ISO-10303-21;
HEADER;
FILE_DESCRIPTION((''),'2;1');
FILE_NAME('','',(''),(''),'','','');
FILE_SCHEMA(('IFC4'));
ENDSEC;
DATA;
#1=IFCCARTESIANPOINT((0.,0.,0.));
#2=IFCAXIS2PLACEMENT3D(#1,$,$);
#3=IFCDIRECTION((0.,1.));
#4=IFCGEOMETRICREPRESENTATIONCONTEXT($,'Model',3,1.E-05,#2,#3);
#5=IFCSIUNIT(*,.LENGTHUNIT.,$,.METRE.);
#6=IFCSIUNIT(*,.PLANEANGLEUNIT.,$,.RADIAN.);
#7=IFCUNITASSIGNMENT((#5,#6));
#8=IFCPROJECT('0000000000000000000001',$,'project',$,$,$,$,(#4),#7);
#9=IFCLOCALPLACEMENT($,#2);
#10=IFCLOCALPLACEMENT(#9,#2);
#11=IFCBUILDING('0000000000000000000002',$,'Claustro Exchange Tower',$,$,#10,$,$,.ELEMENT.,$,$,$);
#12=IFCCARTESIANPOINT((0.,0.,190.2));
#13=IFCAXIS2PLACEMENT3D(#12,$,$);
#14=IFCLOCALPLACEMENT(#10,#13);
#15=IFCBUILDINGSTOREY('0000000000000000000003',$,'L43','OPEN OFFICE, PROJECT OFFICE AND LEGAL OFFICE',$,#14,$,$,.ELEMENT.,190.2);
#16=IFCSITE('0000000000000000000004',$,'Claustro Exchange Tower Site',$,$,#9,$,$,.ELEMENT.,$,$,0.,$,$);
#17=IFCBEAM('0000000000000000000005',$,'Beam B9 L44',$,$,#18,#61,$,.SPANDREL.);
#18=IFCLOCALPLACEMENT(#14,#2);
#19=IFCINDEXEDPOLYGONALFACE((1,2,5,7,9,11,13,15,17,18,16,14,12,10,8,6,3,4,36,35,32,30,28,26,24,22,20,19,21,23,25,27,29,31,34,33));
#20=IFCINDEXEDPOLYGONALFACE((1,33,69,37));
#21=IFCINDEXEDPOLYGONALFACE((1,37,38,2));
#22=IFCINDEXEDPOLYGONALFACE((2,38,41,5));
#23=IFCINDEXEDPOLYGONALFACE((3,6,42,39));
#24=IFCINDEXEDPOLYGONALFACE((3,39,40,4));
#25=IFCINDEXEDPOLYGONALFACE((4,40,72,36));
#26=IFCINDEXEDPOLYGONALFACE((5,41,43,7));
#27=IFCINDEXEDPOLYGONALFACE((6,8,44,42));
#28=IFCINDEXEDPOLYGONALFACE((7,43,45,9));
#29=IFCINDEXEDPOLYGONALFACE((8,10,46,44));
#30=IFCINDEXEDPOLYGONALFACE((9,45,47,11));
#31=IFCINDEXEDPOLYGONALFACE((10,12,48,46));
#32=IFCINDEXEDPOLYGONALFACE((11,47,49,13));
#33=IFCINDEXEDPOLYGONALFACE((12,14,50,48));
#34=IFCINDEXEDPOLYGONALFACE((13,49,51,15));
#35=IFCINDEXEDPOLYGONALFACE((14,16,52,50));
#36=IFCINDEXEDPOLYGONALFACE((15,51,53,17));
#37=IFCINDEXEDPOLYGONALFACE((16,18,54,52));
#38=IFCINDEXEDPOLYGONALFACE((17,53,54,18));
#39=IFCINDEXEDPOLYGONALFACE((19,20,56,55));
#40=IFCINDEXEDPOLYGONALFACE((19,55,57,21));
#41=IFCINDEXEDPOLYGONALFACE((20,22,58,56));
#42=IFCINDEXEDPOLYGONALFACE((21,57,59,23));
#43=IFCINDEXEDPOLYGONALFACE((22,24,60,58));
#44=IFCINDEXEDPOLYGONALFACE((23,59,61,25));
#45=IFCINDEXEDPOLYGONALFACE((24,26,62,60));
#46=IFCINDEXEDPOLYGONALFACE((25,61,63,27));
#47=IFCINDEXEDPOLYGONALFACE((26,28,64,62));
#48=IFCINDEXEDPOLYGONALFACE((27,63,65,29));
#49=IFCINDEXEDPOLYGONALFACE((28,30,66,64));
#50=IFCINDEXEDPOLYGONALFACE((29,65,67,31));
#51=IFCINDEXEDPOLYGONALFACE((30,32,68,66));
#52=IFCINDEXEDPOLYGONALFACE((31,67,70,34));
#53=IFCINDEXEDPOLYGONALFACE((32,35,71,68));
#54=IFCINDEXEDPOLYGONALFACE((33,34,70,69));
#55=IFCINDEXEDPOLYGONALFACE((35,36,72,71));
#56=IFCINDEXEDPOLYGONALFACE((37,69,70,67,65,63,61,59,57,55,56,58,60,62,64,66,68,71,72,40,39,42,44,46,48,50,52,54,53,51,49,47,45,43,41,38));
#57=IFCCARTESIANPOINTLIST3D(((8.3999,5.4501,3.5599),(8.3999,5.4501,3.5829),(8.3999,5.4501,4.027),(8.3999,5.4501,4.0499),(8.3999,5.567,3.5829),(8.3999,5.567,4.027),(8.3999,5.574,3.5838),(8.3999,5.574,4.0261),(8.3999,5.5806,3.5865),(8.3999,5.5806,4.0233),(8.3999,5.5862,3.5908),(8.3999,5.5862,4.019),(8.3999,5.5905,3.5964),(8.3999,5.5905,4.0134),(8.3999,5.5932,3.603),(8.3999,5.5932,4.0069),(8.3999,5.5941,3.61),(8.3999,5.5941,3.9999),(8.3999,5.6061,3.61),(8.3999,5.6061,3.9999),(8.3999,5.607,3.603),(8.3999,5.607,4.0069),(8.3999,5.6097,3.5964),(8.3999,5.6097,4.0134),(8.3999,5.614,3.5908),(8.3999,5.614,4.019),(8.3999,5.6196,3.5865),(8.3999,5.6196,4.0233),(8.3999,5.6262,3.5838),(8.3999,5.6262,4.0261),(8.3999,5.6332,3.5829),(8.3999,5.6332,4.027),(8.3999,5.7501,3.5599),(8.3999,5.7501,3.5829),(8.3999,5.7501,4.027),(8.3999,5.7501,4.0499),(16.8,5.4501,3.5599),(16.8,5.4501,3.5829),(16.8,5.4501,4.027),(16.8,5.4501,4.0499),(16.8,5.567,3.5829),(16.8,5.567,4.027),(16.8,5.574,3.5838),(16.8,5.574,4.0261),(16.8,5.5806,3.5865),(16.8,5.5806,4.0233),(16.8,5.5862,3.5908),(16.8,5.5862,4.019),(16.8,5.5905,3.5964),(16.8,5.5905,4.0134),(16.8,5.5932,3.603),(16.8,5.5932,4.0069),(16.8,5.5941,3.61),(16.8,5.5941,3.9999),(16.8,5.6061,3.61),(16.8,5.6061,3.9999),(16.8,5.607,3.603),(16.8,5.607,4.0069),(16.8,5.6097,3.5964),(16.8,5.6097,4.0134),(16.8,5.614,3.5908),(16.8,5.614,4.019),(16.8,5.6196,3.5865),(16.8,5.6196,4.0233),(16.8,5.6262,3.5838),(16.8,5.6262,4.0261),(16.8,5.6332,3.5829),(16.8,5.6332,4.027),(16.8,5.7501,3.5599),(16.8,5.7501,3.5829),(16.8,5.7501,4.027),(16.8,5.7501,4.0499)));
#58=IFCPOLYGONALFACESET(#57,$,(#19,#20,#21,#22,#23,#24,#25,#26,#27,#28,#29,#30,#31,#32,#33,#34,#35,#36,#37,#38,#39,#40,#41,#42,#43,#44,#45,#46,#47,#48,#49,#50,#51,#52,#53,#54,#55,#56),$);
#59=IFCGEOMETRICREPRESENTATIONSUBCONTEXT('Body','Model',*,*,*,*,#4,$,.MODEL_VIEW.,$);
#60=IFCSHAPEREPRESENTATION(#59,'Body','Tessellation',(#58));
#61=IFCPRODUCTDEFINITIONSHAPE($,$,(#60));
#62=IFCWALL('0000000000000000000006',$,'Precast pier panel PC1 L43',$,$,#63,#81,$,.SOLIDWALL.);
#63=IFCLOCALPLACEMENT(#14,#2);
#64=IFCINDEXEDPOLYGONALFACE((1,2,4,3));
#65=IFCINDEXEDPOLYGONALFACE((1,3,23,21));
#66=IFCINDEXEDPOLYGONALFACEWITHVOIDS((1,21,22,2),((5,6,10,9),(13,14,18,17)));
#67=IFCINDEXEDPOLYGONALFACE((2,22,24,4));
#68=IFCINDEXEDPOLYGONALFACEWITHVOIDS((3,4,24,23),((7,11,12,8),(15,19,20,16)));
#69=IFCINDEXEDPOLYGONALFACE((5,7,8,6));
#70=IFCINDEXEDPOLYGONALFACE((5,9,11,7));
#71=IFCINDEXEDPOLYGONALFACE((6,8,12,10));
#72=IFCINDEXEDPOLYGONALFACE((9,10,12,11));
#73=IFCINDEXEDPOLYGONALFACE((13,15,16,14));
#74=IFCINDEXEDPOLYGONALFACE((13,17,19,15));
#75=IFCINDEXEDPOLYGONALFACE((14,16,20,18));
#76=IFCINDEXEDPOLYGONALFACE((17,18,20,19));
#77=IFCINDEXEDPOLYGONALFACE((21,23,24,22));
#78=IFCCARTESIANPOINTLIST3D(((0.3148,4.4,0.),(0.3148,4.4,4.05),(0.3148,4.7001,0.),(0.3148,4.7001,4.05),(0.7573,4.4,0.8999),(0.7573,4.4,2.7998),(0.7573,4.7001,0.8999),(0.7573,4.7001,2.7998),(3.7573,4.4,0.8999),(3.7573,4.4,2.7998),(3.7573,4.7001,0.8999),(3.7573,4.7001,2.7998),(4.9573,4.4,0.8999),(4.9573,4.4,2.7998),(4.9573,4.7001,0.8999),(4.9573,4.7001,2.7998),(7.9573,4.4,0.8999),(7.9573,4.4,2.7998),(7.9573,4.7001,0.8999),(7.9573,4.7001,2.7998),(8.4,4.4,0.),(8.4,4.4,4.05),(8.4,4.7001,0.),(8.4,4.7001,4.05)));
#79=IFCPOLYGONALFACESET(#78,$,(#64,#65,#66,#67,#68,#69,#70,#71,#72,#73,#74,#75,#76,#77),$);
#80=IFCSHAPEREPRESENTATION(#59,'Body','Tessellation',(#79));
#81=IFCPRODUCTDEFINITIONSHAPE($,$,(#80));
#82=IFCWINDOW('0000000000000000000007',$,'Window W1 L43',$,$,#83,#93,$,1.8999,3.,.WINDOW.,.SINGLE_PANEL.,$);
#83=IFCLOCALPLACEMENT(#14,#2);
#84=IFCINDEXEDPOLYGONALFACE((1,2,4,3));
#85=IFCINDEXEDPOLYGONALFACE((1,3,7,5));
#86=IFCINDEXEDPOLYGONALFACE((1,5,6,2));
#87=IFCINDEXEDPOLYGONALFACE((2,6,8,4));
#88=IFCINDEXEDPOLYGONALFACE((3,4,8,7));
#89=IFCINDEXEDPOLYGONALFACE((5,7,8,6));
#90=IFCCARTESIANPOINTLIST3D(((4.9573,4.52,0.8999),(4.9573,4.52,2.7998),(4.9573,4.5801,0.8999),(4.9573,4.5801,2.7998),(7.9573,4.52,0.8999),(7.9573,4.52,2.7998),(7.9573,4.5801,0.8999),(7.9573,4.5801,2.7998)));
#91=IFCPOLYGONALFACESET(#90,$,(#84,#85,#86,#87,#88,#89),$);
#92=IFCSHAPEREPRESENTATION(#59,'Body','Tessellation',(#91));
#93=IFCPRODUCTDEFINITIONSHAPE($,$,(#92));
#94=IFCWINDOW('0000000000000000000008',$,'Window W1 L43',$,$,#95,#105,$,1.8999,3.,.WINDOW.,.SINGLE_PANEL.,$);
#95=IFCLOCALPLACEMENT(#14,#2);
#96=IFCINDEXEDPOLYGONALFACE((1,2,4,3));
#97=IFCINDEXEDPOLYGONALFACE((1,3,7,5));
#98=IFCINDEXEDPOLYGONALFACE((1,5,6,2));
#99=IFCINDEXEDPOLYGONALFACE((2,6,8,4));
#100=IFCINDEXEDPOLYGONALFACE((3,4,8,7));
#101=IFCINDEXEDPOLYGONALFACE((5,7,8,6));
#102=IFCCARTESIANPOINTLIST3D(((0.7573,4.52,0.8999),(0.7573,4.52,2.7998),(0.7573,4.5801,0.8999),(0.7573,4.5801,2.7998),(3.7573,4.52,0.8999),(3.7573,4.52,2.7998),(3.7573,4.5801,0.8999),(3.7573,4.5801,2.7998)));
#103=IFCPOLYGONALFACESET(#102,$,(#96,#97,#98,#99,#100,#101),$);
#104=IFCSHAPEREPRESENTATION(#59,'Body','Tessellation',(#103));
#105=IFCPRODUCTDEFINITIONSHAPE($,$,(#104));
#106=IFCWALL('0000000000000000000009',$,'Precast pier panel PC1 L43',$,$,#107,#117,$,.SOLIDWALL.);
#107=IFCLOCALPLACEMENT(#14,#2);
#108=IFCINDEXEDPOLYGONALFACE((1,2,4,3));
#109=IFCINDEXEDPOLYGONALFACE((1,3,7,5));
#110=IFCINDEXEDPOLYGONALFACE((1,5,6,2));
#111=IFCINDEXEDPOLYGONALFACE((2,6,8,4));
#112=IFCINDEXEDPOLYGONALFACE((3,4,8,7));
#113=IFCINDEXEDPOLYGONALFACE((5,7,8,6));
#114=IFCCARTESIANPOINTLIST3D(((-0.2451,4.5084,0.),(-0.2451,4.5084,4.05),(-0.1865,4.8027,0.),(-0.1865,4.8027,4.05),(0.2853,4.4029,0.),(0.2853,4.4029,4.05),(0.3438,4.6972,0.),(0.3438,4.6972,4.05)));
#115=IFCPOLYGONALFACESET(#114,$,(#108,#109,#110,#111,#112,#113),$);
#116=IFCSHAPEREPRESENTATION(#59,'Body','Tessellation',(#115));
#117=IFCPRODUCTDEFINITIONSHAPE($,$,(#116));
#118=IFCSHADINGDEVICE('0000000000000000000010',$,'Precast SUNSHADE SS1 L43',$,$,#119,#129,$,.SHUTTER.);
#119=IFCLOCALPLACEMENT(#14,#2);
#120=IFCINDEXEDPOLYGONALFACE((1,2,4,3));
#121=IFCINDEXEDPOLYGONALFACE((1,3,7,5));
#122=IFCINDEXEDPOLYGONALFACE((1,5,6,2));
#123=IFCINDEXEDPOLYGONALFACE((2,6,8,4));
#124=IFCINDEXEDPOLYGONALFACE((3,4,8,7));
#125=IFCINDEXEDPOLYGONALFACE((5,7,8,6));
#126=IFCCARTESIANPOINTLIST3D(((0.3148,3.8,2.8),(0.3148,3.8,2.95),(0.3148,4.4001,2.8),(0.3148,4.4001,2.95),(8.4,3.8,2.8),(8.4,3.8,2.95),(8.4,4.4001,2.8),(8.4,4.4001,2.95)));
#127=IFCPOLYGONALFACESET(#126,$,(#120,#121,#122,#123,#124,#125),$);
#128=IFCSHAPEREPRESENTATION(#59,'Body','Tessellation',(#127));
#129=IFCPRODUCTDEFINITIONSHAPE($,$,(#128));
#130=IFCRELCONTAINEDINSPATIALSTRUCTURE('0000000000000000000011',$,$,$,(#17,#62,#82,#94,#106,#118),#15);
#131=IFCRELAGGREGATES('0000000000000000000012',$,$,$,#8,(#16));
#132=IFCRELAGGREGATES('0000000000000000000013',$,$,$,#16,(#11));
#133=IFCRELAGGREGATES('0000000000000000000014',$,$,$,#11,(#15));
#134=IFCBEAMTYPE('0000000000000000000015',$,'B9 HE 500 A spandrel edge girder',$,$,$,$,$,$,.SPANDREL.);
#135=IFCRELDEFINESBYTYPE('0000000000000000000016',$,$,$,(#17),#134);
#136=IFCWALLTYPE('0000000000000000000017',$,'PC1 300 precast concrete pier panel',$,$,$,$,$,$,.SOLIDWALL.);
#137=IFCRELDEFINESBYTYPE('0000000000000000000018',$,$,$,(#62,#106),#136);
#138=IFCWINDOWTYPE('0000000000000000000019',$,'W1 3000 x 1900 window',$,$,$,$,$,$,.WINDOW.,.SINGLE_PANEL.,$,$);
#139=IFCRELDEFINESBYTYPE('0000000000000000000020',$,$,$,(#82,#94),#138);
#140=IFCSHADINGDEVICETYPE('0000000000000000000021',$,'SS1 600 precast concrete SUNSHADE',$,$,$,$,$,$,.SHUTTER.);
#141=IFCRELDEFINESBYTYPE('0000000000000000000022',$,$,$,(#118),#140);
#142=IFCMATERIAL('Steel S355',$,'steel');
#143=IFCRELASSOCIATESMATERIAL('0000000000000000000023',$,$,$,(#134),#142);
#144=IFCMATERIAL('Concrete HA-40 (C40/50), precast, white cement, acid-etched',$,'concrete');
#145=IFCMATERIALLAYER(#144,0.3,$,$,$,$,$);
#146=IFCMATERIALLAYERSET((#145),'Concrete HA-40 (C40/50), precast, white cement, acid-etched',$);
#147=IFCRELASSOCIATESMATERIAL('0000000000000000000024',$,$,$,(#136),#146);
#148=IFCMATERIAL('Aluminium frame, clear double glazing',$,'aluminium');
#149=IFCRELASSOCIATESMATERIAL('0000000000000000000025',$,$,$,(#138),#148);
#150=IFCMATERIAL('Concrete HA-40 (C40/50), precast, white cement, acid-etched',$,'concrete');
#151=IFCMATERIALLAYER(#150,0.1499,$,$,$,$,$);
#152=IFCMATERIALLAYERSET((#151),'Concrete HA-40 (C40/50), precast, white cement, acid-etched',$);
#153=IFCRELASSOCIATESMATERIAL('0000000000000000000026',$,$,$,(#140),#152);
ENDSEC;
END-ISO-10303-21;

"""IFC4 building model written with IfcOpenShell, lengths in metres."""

from ifc_helpers import new_model, si_unit, direction, frame, frame_2d, origin, origin_2d, place, context, subcontext, project, spatial, rectangle, i_section, extrude, material, layer, layer_set, material_profile, profile_set, type_object, element, fill, save


model = new_model("IFC4")

# Units and contexts
model_context = context("Model", 3, precision=1e-05, world=origin(), true_north=direction((0.0, 1.0)))
body_context = subcontext(model_context, "Body", "Model", "MODEL_VIEW")
ifc_project = project(units=[si_unit("LENGTHUNIT", "METRE"), si_unit("PLANEANGLEUNIT", "RADIAN")], contexts=[model_context])

# Site, building, storey
site_placement = place(None, origin())
site = spatial("IfcSite", under=ifc_project, at=site_placement, Name="Claustro Exchange Tower Site", CompositionType="ELEMENT", RefElevation=0.0)
building_placement = place(site_placement, origin())
building = spatial("IfcBuilding", under=site, at=building_placement, Name="Claustro Exchange Tower", CompositionType="ELEMENT")
storey_placement = place(building_placement, frame((0.0, 0.0, 190.2)))
storey = spatial("IfcBuildingStorey", under=building, at=storey_placement, Name="L43", Description="OPEN OFFICE, PROJECT OFFICE AND LEGAL OFFICE", CompositionType="ELEMENT", Elevation=190.2)

# Beam
ifc_material_1 = material(Name="Steel S355", Category="steel")
ifc_material_profile_1 = material_profile(ifc_material_1, i_section(OverallWidth=0.3, OverallDepth=0.49, WebThickness=0.012, FlangeThickness=0.0229, FilletRadius=0.0271, at=origin_2d()), Name="HE 500 A")
ifc_profile_set_1 = profile_set([ifc_material_profile_1], Name="Steel S355")
beam_type_1 = type_object("IfcBeamType", Name="B9 HE 500 A spandrel edge girder", PredefinedType="SPANDREL", material=ifc_profile_set_1)
beam_1_placement = place(storey_placement, frame((8.3999, 5.6001, 3.8049), z_axis=(1.0, 0.0, 0.0), x_axis=(0.0, 1.0, 0.0)))
element("IfcBeam", 1, at=beam_1_placement, inside=storey, type_object=beam_type_1, Name="Beam B9 L44", PredefinedType="SPANDREL", context=body_context, shape_type="SweptSolid", body=[
    extrude(i_section(OverallWidth=0.3, OverallDepth=0.49, WebThickness=0.012, FlangeThickness=0.0229, FilletRadius=0.0271, at=origin_2d()), origin(), (0.0, 0.0, 1.0), 8.4001),
])

# Wall, openings, windows
ifc_material_2 = material(Name="Concrete HA-40 (C40/50), precast, white cement, acid-etched", Category="concrete")
ifc_layer_1 = layer(ifc_material_2, 0.3)
ifc_layer_set_1 = layer_set([ifc_layer_1], Name="Concrete HA-40 (C40/50), precast, white cement, acid-etched")
wall_type = type_object("IfcWallType", Name="PC1 300 precast concrete pier panel", PredefinedType="SOLIDWALL", material=ifc_layer_set_1)
wall_1_placement = place(storey_placement, frame((8.3999, 4.55, 0.0), z_axis=(0.0, 0.0, 1.0), x_axis=(-1.0, 0.0, 0.0)))
wall_1 = element("IfcWall", 2, at=wall_1_placement, inside=storey, type_object=wall_type, Name="Precast pier panel PC1 L43", PredefinedType="SOLIDWALL", context=body_context, shape_type="SweptSolid", body=[
    extrude(rectangle(XDim=8.0852, YDim=0.3, at=frame_2d((4.0425, 0.0))), origin(), (0.0, 0.0, 1.0), 4.05),
])
opening_1_placement = place(wall_1_placement, frame((0.4426, 0.0, 0.8999)))
opening_1 = element("IfcOpeningElement", 3, at=opening_1_placement, cuts=wall_1, PredefinedType="OPENING", context=body_context, shape_type="SweptSolid", body=[
    extrude(rectangle(XDim=3.0, YDim=1.8999, at=frame_2d((1.5, 0.95))), frame((0.0, 0.1599, 0.0), z_axis=(0.0, -1.0, 0.0), x_axis=(1.0, 0.0, 0.0)), (0.0, 0.0, 1.0), 0.3201),
])
opening_2_placement = place(wall_1_placement, frame((4.6426, 0.0, 0.8999)))
opening_2 = element("IfcOpeningElement", 4, at=opening_2_placement, cuts=wall_1, PredefinedType="OPENING", context=body_context, shape_type="SweptSolid", body=[
    extrude(rectangle(XDim=3.0, YDim=1.8999, at=frame_2d((1.5, 0.95))), frame((0.0, 0.1599, 0.0), z_axis=(0.0, -1.0, 0.0), x_axis=(1.0, 0.0, 0.0)), (0.0, 0.0, 1.0), 0.3201),
])
ifc_material_3 = material(Name="Aluminium frame, clear double glazing", Category="aluminium")
window_type = type_object("IfcWindowType", Name="W1 3000 x 1900 window", PartitioningType="SINGLE_PANEL", PredefinedType="WINDOW", material=ifc_material_3)
window_1_placement = place(opening_1_placement, origin())
window_1 = element("IfcWindow", 5, at=window_1_placement, inside=storey, type_object=window_type, Name="Window W1 L43", OverallHeight=1.8999, OverallWidth=3.0, PartitioningType="SINGLE_PANEL", PredefinedType="WINDOW", context=body_context, shape_type="SweptSolid", body=[
    extrude(rectangle(XDim=3.0, YDim=1.8999, at=frame_2d((1.5, 0.95))), frame((0.0, 0.03, 0.0), z_axis=(0.0, -1.0, 0.0), x_axis=(1.0, 0.0, 0.0)), (0.0, 0.0, 1.0), 0.0601),
])
fill(opening_1, window_1)
window_2_placement = place(opening_2_placement, origin())
window_2 = element("IfcWindow", 6, at=window_2_placement, inside=storey, type_object=window_type, Name="Window W1 L43", OverallHeight=1.8999, OverallWidth=3.0, PartitioningType="SINGLE_PANEL", PredefinedType="WINDOW", context=body_context, shape_type="SweptSolid", body=[
    extrude(rectangle(XDim=3.0, YDim=1.8999, at=frame_2d((1.5, 0.95))), frame((0.0, 0.03, 0.0), z_axis=(0.0, -1.0, 0.0), x_axis=(1.0, 0.0, 0.0)), (0.0, 0.0, 1.0), 0.0601),
])
fill(opening_2, window_2)

# Wall
wall_2_placement = place(storey_placement, frame((0.3147, 4.55, 0.0), z_axis=(0.0, 0.0, 1.0), x_axis=(-0.980789, 0.195074, 0.0)))
element("IfcWall", 7, at=wall_2_placement, inside=storey, type_object=wall_type, Name="Precast pier panel PC1 L43", PredefinedType="SOLIDWALL", context=body_context, shape_type="SweptSolid", body=[
    extrude(rectangle(XDim=0.5408, YDim=0.3, at=frame_2d((0.2705, 0.0))), origin(), (0.0, 0.0, 1.0), 4.05),
])

# Shading device
ifc_material_4 = material(Name="Concrete HA-40 (C40/50), precast, white cement, acid-etched", Category="concrete")
ifc_layer_2 = layer(ifc_material_4, 0.1499)
ifc_layer_set_2 = layer_set([ifc_layer_2], Name="Concrete HA-40 (C40/50), precast, white cement, acid-etched")
shading_device_type = type_object("IfcShadingDeviceType", Name="SS1 600 precast concrete SUNSHADE", PredefinedType="SHUTTER", material=ifc_layer_set_2)
shading_device_placement = place(storey_placement, frame((4.3574, 4.1001, 2.8), z_axis=(0.0, 0.0, 1.0), x_axis=(-1.0, 0.0, 0.0)))
element("IfcShadingDevice", 8, at=shading_device_placement, inside=storey, type_object=shading_device_type, Name="Precast SUNSHADE SS1 L43", PredefinedType="SHUTTER", context=body_context, shape_type="SweptSolid", body=[
    extrude(rectangle(XDim=8.0852, YDim=0.6001, at=origin_2d()), origin(), (0.0, 0.0, 1.0), 0.1499),
])

save(model, "model.ifc")
